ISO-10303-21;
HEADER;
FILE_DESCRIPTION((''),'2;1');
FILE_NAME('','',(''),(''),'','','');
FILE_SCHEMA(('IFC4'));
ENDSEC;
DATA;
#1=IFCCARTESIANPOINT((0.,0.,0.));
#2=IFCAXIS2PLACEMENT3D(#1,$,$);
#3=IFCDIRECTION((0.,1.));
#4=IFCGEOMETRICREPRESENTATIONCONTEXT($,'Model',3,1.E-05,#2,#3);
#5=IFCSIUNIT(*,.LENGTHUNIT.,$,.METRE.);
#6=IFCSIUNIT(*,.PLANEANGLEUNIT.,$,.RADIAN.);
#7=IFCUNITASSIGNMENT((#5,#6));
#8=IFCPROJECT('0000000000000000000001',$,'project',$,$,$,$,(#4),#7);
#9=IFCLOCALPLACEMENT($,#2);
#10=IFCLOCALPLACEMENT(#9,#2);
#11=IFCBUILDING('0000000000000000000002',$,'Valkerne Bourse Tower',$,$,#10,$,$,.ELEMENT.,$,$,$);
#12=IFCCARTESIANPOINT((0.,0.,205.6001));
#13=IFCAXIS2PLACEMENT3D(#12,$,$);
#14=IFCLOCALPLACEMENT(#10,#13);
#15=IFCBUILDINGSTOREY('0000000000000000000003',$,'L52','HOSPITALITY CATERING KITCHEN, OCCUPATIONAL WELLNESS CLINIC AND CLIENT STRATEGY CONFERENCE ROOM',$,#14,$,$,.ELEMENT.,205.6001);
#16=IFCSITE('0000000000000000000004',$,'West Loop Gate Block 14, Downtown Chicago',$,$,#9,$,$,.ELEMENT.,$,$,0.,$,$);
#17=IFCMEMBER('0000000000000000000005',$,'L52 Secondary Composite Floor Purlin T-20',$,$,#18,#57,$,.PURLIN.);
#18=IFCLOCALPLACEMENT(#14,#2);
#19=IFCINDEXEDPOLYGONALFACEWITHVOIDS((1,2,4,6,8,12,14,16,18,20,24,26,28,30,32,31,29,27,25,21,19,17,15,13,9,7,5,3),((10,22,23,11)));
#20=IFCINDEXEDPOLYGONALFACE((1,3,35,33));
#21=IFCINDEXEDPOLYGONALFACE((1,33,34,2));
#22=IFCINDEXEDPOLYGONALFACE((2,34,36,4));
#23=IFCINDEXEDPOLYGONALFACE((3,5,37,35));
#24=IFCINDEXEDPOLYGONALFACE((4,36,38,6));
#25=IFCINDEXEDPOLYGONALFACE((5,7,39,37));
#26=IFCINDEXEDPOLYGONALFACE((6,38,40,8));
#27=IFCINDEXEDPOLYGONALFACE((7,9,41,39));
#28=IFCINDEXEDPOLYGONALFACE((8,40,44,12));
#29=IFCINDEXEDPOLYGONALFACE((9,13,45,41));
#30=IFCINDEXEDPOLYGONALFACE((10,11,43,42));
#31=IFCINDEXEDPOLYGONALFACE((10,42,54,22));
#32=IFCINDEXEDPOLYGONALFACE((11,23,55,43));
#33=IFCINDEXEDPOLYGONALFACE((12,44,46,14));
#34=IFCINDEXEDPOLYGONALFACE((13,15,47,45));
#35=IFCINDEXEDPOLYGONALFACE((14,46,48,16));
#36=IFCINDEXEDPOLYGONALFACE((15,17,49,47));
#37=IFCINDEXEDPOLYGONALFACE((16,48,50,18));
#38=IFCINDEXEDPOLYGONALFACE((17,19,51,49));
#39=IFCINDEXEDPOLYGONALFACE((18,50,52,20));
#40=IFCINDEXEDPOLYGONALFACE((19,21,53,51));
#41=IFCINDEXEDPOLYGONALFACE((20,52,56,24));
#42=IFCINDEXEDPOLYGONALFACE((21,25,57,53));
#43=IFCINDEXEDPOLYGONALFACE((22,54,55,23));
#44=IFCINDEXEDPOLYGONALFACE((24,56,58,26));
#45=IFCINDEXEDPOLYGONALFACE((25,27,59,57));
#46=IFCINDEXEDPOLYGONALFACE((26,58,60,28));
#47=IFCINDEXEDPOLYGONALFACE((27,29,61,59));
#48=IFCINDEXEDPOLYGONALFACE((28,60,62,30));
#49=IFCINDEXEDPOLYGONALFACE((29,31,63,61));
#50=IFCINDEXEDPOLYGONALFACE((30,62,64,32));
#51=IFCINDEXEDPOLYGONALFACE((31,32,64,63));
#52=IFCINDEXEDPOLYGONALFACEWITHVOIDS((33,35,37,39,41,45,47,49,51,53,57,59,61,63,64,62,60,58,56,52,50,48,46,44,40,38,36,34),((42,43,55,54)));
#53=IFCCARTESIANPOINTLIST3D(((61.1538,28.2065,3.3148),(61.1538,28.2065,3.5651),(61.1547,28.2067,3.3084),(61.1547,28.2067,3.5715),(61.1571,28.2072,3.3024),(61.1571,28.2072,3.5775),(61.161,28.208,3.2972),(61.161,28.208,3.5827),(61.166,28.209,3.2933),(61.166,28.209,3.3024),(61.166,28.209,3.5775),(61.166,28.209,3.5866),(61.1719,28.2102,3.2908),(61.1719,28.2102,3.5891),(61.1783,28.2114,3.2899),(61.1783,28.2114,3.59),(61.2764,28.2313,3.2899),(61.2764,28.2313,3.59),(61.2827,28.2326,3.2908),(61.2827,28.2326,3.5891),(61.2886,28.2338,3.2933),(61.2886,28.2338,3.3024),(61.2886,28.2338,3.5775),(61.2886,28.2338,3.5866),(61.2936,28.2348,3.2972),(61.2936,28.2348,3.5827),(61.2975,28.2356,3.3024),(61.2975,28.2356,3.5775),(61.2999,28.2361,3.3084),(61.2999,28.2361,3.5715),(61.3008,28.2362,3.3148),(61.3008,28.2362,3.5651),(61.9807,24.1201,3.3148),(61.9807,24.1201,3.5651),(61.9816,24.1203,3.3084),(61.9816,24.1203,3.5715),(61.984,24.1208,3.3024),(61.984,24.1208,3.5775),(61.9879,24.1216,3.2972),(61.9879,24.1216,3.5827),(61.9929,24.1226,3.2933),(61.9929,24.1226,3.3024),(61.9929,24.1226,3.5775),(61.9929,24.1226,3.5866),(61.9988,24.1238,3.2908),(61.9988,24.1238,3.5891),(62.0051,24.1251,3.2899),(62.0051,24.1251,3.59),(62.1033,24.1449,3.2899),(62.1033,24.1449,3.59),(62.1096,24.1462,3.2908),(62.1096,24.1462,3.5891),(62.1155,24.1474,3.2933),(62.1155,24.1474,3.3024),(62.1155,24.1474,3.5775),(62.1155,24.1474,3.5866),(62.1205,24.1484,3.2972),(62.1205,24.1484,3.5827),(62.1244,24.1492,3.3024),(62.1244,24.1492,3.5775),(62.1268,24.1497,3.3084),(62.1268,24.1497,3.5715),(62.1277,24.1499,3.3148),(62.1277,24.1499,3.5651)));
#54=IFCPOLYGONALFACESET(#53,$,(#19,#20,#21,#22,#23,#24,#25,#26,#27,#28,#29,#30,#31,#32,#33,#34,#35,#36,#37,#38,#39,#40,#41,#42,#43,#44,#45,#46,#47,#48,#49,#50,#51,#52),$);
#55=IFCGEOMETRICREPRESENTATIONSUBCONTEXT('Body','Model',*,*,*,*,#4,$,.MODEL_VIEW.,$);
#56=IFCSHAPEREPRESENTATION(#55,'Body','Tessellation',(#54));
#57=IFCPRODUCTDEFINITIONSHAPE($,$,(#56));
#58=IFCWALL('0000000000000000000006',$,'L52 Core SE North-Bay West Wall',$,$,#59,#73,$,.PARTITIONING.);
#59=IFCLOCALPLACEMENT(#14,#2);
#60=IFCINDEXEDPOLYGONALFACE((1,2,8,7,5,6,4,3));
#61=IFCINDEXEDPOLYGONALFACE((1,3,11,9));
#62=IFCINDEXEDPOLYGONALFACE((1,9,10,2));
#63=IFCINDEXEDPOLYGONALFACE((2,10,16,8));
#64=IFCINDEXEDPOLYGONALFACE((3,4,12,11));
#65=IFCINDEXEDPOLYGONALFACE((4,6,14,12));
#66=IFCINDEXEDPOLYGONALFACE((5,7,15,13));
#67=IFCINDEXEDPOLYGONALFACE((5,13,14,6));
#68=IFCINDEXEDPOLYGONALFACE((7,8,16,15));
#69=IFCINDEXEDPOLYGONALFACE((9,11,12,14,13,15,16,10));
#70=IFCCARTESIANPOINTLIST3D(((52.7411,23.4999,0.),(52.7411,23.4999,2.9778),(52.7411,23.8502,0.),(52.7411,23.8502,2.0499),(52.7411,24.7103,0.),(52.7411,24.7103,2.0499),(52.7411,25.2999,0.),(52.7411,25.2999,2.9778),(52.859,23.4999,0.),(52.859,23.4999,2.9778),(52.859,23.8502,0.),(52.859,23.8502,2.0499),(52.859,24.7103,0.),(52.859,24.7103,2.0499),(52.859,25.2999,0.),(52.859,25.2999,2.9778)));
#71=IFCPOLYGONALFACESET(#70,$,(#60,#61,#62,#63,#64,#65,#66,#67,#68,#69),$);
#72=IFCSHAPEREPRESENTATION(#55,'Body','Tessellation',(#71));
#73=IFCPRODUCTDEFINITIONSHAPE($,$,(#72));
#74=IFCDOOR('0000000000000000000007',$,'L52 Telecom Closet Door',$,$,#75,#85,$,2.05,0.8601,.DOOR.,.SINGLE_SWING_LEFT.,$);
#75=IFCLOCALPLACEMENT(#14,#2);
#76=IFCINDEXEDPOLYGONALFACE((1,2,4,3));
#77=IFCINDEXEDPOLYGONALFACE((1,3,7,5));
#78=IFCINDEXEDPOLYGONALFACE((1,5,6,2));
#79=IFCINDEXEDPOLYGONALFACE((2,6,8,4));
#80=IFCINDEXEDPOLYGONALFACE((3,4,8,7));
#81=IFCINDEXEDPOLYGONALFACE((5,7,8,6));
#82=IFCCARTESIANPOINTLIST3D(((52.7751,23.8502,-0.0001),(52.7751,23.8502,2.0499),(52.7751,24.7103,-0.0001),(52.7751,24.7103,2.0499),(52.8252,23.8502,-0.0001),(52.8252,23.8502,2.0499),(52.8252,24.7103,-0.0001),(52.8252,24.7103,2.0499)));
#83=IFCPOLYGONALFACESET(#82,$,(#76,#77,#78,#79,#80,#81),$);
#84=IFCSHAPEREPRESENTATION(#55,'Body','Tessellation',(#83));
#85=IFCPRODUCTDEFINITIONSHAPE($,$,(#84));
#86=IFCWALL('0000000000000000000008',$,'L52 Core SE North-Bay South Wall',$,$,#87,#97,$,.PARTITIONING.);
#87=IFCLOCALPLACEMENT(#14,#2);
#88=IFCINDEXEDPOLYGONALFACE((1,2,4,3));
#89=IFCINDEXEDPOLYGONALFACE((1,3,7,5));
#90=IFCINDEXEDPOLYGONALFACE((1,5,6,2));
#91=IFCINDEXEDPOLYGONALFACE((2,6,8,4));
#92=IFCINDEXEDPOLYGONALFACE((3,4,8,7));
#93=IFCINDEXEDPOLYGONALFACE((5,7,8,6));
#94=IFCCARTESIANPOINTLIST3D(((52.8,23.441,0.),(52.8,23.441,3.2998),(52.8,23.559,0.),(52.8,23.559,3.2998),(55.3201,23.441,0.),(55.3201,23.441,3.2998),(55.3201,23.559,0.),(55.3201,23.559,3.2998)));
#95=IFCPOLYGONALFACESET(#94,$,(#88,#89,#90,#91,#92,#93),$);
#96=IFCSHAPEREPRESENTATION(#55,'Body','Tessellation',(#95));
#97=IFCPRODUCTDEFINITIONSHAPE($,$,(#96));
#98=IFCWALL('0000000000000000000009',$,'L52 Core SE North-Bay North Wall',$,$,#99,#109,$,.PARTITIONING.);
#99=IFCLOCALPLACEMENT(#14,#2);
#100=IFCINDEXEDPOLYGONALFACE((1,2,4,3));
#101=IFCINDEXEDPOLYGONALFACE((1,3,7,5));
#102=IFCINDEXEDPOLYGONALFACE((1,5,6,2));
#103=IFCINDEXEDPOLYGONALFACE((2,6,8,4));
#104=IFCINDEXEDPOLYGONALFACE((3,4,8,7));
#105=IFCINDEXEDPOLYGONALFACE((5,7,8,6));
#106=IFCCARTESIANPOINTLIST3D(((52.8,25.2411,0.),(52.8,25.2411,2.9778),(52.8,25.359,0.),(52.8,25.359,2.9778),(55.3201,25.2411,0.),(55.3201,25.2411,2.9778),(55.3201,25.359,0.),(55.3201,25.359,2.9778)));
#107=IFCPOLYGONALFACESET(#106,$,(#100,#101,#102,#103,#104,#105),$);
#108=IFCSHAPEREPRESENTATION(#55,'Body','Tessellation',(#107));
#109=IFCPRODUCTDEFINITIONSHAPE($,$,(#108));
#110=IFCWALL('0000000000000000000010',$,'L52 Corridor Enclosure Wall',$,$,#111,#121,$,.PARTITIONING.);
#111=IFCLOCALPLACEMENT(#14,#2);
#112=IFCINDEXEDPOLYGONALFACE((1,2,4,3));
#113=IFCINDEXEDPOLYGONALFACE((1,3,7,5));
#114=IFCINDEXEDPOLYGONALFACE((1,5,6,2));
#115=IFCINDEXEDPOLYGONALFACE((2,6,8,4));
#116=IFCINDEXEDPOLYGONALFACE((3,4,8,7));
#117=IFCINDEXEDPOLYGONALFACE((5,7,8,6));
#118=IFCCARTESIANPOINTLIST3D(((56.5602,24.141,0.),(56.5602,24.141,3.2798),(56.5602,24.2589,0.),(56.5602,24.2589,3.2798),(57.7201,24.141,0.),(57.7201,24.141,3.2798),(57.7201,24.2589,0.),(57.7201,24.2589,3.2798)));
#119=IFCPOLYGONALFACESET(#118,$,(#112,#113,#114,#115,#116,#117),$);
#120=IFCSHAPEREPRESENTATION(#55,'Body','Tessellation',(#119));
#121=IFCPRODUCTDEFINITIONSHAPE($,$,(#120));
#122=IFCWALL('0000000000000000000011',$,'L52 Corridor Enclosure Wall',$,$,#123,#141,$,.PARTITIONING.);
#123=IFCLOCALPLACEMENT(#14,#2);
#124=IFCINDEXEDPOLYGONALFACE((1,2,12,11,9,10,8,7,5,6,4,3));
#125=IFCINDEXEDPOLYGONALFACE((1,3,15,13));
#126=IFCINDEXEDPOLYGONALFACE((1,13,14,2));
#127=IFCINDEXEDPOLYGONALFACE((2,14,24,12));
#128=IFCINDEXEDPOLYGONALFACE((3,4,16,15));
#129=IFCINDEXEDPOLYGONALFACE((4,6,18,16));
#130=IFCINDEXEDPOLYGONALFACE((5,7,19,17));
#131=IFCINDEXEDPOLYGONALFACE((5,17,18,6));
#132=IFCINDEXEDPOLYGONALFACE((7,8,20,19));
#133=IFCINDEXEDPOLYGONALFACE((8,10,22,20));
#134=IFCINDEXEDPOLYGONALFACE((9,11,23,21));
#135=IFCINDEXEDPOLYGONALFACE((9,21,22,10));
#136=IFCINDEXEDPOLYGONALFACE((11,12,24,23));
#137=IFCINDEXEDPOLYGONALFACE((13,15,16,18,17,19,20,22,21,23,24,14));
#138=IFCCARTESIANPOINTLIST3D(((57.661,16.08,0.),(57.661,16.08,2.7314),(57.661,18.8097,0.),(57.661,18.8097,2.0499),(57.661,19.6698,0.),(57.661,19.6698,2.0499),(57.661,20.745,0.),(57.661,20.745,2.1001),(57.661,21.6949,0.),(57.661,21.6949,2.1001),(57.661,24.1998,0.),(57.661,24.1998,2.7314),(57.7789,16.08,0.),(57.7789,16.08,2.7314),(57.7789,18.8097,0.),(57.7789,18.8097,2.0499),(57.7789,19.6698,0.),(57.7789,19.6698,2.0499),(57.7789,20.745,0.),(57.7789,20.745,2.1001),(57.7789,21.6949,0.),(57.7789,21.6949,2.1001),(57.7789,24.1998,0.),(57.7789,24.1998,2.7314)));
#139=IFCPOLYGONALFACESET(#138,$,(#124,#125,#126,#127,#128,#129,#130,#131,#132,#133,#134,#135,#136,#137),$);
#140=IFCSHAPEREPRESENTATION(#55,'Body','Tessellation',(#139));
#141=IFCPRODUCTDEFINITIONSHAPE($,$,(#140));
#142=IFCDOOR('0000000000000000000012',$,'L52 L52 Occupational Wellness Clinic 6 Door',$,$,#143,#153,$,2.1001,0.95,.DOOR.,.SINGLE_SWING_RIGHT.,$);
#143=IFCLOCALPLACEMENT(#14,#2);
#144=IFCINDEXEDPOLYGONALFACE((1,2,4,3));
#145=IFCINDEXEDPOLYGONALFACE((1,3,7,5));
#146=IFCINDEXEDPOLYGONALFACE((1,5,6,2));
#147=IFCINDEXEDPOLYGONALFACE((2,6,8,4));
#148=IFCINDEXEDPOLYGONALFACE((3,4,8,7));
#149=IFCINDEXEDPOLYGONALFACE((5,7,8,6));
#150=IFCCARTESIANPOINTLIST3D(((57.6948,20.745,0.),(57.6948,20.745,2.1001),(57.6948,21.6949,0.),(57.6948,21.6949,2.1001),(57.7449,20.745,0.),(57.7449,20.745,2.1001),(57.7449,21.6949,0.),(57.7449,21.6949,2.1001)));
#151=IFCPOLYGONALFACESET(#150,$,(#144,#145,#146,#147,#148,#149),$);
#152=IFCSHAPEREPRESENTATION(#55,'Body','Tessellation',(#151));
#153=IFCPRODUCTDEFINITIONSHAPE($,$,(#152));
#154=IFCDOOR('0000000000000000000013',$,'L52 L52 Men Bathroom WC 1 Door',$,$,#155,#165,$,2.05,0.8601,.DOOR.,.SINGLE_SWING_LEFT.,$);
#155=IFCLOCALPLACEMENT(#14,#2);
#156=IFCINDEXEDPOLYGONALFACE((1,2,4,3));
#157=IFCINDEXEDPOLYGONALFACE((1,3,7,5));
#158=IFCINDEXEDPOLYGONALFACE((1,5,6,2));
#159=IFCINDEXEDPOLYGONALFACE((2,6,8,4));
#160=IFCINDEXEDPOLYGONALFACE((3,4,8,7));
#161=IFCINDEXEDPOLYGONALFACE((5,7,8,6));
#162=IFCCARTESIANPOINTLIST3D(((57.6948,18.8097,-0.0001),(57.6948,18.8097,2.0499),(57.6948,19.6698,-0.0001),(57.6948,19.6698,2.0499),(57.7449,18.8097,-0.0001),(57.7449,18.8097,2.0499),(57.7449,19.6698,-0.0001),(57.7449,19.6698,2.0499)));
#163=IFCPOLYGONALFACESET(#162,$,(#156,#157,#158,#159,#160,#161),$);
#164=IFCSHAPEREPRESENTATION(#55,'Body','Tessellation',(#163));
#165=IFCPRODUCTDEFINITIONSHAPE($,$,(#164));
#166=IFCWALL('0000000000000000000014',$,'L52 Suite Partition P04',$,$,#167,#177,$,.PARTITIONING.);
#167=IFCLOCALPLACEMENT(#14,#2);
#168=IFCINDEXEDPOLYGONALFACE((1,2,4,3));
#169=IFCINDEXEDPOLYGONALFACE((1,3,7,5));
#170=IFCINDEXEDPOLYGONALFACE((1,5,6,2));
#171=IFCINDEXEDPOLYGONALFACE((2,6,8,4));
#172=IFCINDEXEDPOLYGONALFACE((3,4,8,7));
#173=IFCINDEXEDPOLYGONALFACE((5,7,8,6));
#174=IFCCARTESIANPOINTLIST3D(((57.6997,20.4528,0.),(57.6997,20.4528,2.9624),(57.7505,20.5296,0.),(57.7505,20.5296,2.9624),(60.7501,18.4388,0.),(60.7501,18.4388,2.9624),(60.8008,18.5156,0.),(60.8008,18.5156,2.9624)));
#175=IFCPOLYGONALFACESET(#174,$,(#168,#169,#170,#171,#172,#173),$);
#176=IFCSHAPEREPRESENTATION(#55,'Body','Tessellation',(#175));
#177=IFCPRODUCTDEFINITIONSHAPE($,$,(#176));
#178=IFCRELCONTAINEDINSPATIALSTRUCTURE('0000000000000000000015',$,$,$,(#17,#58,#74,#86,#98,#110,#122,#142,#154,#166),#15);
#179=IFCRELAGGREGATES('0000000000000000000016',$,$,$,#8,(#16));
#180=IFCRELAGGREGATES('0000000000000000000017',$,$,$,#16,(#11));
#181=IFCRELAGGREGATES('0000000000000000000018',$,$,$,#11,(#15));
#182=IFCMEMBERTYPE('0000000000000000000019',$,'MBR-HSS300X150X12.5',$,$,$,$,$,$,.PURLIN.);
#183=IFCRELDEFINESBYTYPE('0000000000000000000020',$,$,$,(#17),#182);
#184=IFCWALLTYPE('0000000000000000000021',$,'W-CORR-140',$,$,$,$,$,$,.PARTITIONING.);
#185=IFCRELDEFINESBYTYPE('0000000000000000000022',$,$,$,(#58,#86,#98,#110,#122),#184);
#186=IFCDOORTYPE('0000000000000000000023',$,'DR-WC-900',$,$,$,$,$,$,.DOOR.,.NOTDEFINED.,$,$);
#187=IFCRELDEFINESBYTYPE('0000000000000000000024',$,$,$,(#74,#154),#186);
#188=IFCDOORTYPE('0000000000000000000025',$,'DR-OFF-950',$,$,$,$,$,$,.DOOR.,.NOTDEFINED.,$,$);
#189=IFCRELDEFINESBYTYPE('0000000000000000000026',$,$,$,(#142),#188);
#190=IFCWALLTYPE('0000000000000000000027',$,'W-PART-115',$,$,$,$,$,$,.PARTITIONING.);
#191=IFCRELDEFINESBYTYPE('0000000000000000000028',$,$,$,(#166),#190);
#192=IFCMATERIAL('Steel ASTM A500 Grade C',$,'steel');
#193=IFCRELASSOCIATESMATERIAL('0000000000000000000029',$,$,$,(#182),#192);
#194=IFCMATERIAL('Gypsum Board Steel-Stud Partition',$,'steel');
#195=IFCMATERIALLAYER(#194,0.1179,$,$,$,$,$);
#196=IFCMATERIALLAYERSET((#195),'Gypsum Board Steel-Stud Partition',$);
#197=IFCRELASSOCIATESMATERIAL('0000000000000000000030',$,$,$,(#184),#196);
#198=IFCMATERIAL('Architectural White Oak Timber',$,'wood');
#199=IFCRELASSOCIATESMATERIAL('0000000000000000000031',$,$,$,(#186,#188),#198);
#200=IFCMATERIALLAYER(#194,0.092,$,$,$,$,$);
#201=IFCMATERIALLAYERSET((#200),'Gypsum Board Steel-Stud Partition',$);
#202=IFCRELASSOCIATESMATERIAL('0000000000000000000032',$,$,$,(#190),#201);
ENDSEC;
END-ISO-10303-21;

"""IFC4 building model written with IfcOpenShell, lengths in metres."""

from ifc_helpers import new_model, si_unit, direction, frame, frame_2d, origin, origin_2d, place, context, subcontext, project, spatial, rectangle, hollow_rectangle, extrude, material, layer, layer_set, material_profile, profile_set, type_object, element, fill, save


model = new_model("IFC4")

# Units and contexts
model_context = context("Model", 3, precision=1e-05, world=origin(), true_north=direction((0.0, 1.0)))
body_context = subcontext(model_context, "Body", "Model", "MODEL_VIEW")
ifc_project = project(units=[si_unit("LENGTHUNIT", "METRE"), si_unit("PLANEANGLEUNIT", "RADIAN")], contexts=[model_context])

# Site, building, storey
site_placement = place(None, origin())
site = spatial("IfcSite", under=ifc_project, at=site_placement, Name="West Loop Gate Block 14, Downtown Chicago", CompositionType="ELEMENT", RefElevation=0.0)
building_placement = place(site_placement, origin())
building = spatial("IfcBuilding", under=site, at=building_placement, Name="Valkerne Bourse Tower", CompositionType="ELEMENT")
storey_placement = place(building_placement, frame((0.0, 0.0, 205.6001)))
storey = spatial("IfcBuildingStorey", under=building, at=storey_placement, Name="L52", Description="HOSPITALITY CATERING KITCHEN, OCCUPATIONAL WELLNESS CLINIC AND CLIENT STRATEGY CONFERENCE ROOM", CompositionType="ELEMENT", Elevation=205.6001)

# Member
ifc_material_1 = material(Name="Steel ASTM A500 Grade C", Category="steel")
ifc_material_profile_1 = material_profile(ifc_material_1, hollow_rectangle(XDim=0.1499, YDim=0.3, WallThickness=0.0125, OuterFilletRadius=0.0249, at=origin_2d()), Name="HSS300X150X12.5")
ifc_profile_set_1 = profile_set([ifc_material_profile_1], Name="Steel ASTM A500 Grade C")
member_type_1 = type_object("IfcMemberType", Name="MBR-HSS300X150X12.5", PredefinedType="PURLIN", material=ifc_profile_set_1)
member_1_placement = place(storey_placement, frame((62.0542, 24.135, 3.4399), z_axis=(-0.198334, 0.980134, 0.0), x_axis=(-0.980134, -0.198334, 0.0)))
element("IfcMember", 1, at=member_1_placement, inside=storey, type_object=member_type_1, Name="L52 Secondary Composite Floor Purlin T-20", PredefinedType="PURLIN", context=body_context, shape_type="SweptSolid", body=[
    extrude(hollow_rectangle(XDim=0.1499, YDim=0.3, WallThickness=0.0125, OuterFilletRadius=0.0249, at=origin_2d()), origin(), (0.0, 0.0, 1.0), 4.1692),
])

# Wall, opening, door
ifc_material_2 = material(Name="Gypsum Board Steel-Stud Partition", Category="steel")
ifc_layer_1 = layer(ifc_material_2, 0.1179)
ifc_layer_set_1 = layer_set([ifc_layer_1], Name="Gypsum Board Steel-Stud Partition")
wall_type_1 = type_object("IfcWallType", Name="W-CORR-140", PredefinedType="PARTITIONING", material=ifc_layer_set_1)
wall_1_placement = place(storey_placement, frame((52.8, 23.5, 0.0), z_axis=(0.0, 0.0, 1.0), x_axis=(0.0, 1.0, 0.0)))
wall_1 = element("IfcWall", 2, at=wall_1_placement, inside=storey, type_object=wall_type_1, Name="L52 Core SE North-Bay West Wall", PredefinedType="PARTITIONING", context=body_context, shape_type="SweptSolid", body=[
    extrude(rectangle(XDim=1.8, YDim=0.1179, at=frame_2d((0.8999, 0.0))), origin(), (0.0, 0.0, 1.0), 2.9778),
])
opening_1_placement = place(wall_1_placement, frame((0.3501, 0.0, 0.0)))
opening_1 = element("IfcOpeningElement", 3, at=opening_1_placement, cuts=wall_1, PredefinedType="OPENING", context=body_context, shape_type="SweptSolid", body=[
    extrude(rectangle(XDim=0.8601, YDim=2.05, at=frame_2d((0.4302, 1.0249))), frame((0.0, 0.0688, 0.0), z_axis=(0.0, -1.0, 0.0), x_axis=(1.0, 0.0, 0.0)), (0.0, 0.0, 1.0), 0.1379),
])
ifc_material_3 = material(Name="Architectural White Oak Timber", Category="wood")
door_type_1 = type_object("IfcDoorType", Name="DR-WC-900", OperationType="NOTDEFINED", PredefinedType="DOOR", material=ifc_material_3)
door_1_placement = place(opening_1_placement, origin())
door_1 = element("IfcDoor", 4, at=door_1_placement, inside=storey, type_object=door_type_1, Name="L52 Telecom Closet Door", OperationType="SINGLE_SWING_LEFT", OverallHeight=2.05, OverallWidth=0.8601, PredefinedType="DOOR", context=body_context, shape_type="SweptSolid", body=[
    extrude(rectangle(XDim=0.8601, YDim=2.05, at=frame_2d((0.4302, 1.0249))), frame((0.0, 0.0249, 0.0), z_axis=(0.0, -1.0, 0.0), x_axis=(1.0, 0.0, 0.0)), (0.0, 0.0, 1.0), 0.05),
])
fill(opening_1, door_1)

# Walls
wall_2_placement = place(storey_placement, frame((52.8, 23.5, 0.0), z_axis=(0.0, 0.0, 1.0), x_axis=(1.0, 0.0, 0.0)))
element("IfcWall", 5, at=wall_2_placement, inside=storey, type_object=wall_type_1, Name="L52 Core SE North-Bay South Wall", PredefinedType="PARTITIONING", context=body_context, shape_type="SweptSolid", body=[
    extrude(rectangle(XDim=2.52, YDim=0.1179, at=frame_2d((1.26, 0.0))), origin(), (0.0, 0.0, 1.0), 3.2998),
])
wall_3_placement = place(storey_placement, frame((52.8, 25.3, 0.0), z_axis=(0.0, 0.0, 1.0), x_axis=(1.0, 0.0, 0.0)))
element("IfcWall", 6, at=wall_3_placement, inside=storey, type_object=wall_type_1, Name="L52 Core SE North-Bay North Wall", PredefinedType="PARTITIONING", context=body_context, shape_type="SweptSolid", body=[
    extrude(rectangle(XDim=2.52, YDim=0.1179, at=frame_2d((1.26, 0.0))), origin(), (0.0, 0.0, 1.0), 2.9778),
])
wall_4_placement = place(storey_placement, frame((56.5601, 24.2, 0.0), z_axis=(0.0, 0.0, 1.0), x_axis=(1.0, 0.0, 0.0)))
element("IfcWall", 7, at=wall_4_placement, inside=storey, type_object=wall_type_1, Name="L52 Corridor Enclosure Wall", PredefinedType="PARTITIONING", context=body_context, shape_type="SweptSolid", body=[
    extrude(rectangle(XDim=1.1599, YDim=0.1179, at=frame_2d((0.5801, 0.0))), origin(), (0.0, 0.0, 1.0), 3.2798),
])

# Wall, openings, doors
wall_5_placement = place(storey_placement, frame((57.72, 24.2, 0.0), z_axis=(0.0, 0.0, 1.0), x_axis=(0.0, -1.0, 0.0)))
wall_5 = element("IfcWall", 8, at=wall_5_placement, inside=storey, type_object=wall_type_1, Name="L52 Corridor Enclosure Wall", PredefinedType="PARTITIONING", context=body_context, shape_type="SweptSolid", body=[
    extrude(rectangle(XDim=8.1199, YDim=0.1179, at=frame_2d((4.0601, 0.0))), origin(), (0.0, 0.0, 1.0), 2.7314),
])
opening_2_placement = place(wall_5_placement, frame((4.53, 0.0, 0.0)))
opening_2 = element("IfcOpeningElement", 9, at=opening_2_placement, cuts=wall_5, PredefinedType="OPENING", context=body_context, shape_type="SweptSolid", body=[
    extrude(rectangle(XDim=0.8601, YDim=2.05, at=frame_2d((0.4302, 1.0249))), frame((0.0, 0.0688, 0.0), z_axis=(0.0, -1.0, 0.0), x_axis=(1.0, 0.0, 0.0)), (0.0, 0.0, 1.0), 0.1379),
])
opening_3_placement = place(wall_5_placement, frame((2.5049, 0.0, 0.0)))
opening_3 = element("IfcOpeningElement", 10, at=opening_3_placement, cuts=wall_5, PredefinedType="OPENING", context=body_context, shape_type="SweptSolid", body=[
    extrude(rectangle(XDim=0.95, YDim=2.1001, at=frame_2d((0.4751, 1.05))), frame((0.0, 0.0688, 0.0), z_axis=(0.0, -1.0, 0.0), x_axis=(1.0, 0.0, 0.0)), (0.0, 0.0, 1.0), 0.1379),
])
door_type_2 = type_object("IfcDoorType", Name="DR-OFF-950", OperationType="NOTDEFINED", PredefinedType="DOOR", material=ifc_material_3)
door_2_placement = place(opening_3_placement, origin())
door_2 = element("IfcDoor", 11, at=door_2_placement, inside=storey, type_object=door_type_2, Name="L52 L52 Occupational Wellness Clinic 6 Door", OperationType="SINGLE_SWING_RIGHT", OverallHeight=2.1001, OverallWidth=0.95, PredefinedType="DOOR", context=body_context, shape_type="SweptSolid", body=[
    extrude(rectangle(XDim=0.95, YDim=2.1001, at=frame_2d((0.4751, 1.05))), frame((0.0, 0.0249, 0.0), z_axis=(0.0, -1.0, 0.0), x_axis=(1.0, 0.0, 0.0)), (0.0, 0.0, 1.0), 0.05),
])
fill(opening_3, door_2)
door_3_placement = place(opening_2_placement, origin())
door_3 = element("IfcDoor", 12, at=door_3_placement, inside=storey, type_object=door_type_1, Name="L52 L52 Men Bathroom WC 1 Door", OperationType="SINGLE_SWING_LEFT", OverallHeight=2.05, OverallWidth=0.8601, PredefinedType="DOOR", context=body_context, shape_type="SweptSolid", body=[
    extrude(rectangle(XDim=0.8601, YDim=2.05, at=frame_2d((0.4302, 1.0249))), frame((0.0, 0.0249, 0.0), z_axis=(0.0, -1.0, 0.0), x_axis=(1.0, 0.0, 0.0)), (0.0, 0.0, 1.0), 0.05),
])
fill(opening_2, door_3)

# Wall
ifc_layer_2 = layer(ifc_material_2, 0.092)
ifc_layer_set_2 = layer_set([ifc_layer_2], Name="Gypsum Board Steel-Stud Partition")
wall_type_2 = type_object("IfcWallType", Name="W-PART-115", PredefinedType="PARTITIONING", material=ifc_layer_set_2)
wall_6_placement = place(storey_placement, frame((57.7251, 20.4912, 0.0), z_axis=(0.0, 0.0, 1.0), x_axis=(0.834519, -0.55098, 0.0)))
element("IfcWall", 13, at=wall_6_placement, inside=storey, type_object=wall_type_2, Name="L52 Suite Partition P04", PredefinedType="PARTITIONING", context=body_context, shape_type="SweptSolid", body=[
    extrude(rectangle(XDim=3.6553, YDim=0.092, at=frame_2d((1.8276, 0.0))), origin(), (0.0, 0.0, 1.0), 2.9624),
])

save(model, "model.ifc")
